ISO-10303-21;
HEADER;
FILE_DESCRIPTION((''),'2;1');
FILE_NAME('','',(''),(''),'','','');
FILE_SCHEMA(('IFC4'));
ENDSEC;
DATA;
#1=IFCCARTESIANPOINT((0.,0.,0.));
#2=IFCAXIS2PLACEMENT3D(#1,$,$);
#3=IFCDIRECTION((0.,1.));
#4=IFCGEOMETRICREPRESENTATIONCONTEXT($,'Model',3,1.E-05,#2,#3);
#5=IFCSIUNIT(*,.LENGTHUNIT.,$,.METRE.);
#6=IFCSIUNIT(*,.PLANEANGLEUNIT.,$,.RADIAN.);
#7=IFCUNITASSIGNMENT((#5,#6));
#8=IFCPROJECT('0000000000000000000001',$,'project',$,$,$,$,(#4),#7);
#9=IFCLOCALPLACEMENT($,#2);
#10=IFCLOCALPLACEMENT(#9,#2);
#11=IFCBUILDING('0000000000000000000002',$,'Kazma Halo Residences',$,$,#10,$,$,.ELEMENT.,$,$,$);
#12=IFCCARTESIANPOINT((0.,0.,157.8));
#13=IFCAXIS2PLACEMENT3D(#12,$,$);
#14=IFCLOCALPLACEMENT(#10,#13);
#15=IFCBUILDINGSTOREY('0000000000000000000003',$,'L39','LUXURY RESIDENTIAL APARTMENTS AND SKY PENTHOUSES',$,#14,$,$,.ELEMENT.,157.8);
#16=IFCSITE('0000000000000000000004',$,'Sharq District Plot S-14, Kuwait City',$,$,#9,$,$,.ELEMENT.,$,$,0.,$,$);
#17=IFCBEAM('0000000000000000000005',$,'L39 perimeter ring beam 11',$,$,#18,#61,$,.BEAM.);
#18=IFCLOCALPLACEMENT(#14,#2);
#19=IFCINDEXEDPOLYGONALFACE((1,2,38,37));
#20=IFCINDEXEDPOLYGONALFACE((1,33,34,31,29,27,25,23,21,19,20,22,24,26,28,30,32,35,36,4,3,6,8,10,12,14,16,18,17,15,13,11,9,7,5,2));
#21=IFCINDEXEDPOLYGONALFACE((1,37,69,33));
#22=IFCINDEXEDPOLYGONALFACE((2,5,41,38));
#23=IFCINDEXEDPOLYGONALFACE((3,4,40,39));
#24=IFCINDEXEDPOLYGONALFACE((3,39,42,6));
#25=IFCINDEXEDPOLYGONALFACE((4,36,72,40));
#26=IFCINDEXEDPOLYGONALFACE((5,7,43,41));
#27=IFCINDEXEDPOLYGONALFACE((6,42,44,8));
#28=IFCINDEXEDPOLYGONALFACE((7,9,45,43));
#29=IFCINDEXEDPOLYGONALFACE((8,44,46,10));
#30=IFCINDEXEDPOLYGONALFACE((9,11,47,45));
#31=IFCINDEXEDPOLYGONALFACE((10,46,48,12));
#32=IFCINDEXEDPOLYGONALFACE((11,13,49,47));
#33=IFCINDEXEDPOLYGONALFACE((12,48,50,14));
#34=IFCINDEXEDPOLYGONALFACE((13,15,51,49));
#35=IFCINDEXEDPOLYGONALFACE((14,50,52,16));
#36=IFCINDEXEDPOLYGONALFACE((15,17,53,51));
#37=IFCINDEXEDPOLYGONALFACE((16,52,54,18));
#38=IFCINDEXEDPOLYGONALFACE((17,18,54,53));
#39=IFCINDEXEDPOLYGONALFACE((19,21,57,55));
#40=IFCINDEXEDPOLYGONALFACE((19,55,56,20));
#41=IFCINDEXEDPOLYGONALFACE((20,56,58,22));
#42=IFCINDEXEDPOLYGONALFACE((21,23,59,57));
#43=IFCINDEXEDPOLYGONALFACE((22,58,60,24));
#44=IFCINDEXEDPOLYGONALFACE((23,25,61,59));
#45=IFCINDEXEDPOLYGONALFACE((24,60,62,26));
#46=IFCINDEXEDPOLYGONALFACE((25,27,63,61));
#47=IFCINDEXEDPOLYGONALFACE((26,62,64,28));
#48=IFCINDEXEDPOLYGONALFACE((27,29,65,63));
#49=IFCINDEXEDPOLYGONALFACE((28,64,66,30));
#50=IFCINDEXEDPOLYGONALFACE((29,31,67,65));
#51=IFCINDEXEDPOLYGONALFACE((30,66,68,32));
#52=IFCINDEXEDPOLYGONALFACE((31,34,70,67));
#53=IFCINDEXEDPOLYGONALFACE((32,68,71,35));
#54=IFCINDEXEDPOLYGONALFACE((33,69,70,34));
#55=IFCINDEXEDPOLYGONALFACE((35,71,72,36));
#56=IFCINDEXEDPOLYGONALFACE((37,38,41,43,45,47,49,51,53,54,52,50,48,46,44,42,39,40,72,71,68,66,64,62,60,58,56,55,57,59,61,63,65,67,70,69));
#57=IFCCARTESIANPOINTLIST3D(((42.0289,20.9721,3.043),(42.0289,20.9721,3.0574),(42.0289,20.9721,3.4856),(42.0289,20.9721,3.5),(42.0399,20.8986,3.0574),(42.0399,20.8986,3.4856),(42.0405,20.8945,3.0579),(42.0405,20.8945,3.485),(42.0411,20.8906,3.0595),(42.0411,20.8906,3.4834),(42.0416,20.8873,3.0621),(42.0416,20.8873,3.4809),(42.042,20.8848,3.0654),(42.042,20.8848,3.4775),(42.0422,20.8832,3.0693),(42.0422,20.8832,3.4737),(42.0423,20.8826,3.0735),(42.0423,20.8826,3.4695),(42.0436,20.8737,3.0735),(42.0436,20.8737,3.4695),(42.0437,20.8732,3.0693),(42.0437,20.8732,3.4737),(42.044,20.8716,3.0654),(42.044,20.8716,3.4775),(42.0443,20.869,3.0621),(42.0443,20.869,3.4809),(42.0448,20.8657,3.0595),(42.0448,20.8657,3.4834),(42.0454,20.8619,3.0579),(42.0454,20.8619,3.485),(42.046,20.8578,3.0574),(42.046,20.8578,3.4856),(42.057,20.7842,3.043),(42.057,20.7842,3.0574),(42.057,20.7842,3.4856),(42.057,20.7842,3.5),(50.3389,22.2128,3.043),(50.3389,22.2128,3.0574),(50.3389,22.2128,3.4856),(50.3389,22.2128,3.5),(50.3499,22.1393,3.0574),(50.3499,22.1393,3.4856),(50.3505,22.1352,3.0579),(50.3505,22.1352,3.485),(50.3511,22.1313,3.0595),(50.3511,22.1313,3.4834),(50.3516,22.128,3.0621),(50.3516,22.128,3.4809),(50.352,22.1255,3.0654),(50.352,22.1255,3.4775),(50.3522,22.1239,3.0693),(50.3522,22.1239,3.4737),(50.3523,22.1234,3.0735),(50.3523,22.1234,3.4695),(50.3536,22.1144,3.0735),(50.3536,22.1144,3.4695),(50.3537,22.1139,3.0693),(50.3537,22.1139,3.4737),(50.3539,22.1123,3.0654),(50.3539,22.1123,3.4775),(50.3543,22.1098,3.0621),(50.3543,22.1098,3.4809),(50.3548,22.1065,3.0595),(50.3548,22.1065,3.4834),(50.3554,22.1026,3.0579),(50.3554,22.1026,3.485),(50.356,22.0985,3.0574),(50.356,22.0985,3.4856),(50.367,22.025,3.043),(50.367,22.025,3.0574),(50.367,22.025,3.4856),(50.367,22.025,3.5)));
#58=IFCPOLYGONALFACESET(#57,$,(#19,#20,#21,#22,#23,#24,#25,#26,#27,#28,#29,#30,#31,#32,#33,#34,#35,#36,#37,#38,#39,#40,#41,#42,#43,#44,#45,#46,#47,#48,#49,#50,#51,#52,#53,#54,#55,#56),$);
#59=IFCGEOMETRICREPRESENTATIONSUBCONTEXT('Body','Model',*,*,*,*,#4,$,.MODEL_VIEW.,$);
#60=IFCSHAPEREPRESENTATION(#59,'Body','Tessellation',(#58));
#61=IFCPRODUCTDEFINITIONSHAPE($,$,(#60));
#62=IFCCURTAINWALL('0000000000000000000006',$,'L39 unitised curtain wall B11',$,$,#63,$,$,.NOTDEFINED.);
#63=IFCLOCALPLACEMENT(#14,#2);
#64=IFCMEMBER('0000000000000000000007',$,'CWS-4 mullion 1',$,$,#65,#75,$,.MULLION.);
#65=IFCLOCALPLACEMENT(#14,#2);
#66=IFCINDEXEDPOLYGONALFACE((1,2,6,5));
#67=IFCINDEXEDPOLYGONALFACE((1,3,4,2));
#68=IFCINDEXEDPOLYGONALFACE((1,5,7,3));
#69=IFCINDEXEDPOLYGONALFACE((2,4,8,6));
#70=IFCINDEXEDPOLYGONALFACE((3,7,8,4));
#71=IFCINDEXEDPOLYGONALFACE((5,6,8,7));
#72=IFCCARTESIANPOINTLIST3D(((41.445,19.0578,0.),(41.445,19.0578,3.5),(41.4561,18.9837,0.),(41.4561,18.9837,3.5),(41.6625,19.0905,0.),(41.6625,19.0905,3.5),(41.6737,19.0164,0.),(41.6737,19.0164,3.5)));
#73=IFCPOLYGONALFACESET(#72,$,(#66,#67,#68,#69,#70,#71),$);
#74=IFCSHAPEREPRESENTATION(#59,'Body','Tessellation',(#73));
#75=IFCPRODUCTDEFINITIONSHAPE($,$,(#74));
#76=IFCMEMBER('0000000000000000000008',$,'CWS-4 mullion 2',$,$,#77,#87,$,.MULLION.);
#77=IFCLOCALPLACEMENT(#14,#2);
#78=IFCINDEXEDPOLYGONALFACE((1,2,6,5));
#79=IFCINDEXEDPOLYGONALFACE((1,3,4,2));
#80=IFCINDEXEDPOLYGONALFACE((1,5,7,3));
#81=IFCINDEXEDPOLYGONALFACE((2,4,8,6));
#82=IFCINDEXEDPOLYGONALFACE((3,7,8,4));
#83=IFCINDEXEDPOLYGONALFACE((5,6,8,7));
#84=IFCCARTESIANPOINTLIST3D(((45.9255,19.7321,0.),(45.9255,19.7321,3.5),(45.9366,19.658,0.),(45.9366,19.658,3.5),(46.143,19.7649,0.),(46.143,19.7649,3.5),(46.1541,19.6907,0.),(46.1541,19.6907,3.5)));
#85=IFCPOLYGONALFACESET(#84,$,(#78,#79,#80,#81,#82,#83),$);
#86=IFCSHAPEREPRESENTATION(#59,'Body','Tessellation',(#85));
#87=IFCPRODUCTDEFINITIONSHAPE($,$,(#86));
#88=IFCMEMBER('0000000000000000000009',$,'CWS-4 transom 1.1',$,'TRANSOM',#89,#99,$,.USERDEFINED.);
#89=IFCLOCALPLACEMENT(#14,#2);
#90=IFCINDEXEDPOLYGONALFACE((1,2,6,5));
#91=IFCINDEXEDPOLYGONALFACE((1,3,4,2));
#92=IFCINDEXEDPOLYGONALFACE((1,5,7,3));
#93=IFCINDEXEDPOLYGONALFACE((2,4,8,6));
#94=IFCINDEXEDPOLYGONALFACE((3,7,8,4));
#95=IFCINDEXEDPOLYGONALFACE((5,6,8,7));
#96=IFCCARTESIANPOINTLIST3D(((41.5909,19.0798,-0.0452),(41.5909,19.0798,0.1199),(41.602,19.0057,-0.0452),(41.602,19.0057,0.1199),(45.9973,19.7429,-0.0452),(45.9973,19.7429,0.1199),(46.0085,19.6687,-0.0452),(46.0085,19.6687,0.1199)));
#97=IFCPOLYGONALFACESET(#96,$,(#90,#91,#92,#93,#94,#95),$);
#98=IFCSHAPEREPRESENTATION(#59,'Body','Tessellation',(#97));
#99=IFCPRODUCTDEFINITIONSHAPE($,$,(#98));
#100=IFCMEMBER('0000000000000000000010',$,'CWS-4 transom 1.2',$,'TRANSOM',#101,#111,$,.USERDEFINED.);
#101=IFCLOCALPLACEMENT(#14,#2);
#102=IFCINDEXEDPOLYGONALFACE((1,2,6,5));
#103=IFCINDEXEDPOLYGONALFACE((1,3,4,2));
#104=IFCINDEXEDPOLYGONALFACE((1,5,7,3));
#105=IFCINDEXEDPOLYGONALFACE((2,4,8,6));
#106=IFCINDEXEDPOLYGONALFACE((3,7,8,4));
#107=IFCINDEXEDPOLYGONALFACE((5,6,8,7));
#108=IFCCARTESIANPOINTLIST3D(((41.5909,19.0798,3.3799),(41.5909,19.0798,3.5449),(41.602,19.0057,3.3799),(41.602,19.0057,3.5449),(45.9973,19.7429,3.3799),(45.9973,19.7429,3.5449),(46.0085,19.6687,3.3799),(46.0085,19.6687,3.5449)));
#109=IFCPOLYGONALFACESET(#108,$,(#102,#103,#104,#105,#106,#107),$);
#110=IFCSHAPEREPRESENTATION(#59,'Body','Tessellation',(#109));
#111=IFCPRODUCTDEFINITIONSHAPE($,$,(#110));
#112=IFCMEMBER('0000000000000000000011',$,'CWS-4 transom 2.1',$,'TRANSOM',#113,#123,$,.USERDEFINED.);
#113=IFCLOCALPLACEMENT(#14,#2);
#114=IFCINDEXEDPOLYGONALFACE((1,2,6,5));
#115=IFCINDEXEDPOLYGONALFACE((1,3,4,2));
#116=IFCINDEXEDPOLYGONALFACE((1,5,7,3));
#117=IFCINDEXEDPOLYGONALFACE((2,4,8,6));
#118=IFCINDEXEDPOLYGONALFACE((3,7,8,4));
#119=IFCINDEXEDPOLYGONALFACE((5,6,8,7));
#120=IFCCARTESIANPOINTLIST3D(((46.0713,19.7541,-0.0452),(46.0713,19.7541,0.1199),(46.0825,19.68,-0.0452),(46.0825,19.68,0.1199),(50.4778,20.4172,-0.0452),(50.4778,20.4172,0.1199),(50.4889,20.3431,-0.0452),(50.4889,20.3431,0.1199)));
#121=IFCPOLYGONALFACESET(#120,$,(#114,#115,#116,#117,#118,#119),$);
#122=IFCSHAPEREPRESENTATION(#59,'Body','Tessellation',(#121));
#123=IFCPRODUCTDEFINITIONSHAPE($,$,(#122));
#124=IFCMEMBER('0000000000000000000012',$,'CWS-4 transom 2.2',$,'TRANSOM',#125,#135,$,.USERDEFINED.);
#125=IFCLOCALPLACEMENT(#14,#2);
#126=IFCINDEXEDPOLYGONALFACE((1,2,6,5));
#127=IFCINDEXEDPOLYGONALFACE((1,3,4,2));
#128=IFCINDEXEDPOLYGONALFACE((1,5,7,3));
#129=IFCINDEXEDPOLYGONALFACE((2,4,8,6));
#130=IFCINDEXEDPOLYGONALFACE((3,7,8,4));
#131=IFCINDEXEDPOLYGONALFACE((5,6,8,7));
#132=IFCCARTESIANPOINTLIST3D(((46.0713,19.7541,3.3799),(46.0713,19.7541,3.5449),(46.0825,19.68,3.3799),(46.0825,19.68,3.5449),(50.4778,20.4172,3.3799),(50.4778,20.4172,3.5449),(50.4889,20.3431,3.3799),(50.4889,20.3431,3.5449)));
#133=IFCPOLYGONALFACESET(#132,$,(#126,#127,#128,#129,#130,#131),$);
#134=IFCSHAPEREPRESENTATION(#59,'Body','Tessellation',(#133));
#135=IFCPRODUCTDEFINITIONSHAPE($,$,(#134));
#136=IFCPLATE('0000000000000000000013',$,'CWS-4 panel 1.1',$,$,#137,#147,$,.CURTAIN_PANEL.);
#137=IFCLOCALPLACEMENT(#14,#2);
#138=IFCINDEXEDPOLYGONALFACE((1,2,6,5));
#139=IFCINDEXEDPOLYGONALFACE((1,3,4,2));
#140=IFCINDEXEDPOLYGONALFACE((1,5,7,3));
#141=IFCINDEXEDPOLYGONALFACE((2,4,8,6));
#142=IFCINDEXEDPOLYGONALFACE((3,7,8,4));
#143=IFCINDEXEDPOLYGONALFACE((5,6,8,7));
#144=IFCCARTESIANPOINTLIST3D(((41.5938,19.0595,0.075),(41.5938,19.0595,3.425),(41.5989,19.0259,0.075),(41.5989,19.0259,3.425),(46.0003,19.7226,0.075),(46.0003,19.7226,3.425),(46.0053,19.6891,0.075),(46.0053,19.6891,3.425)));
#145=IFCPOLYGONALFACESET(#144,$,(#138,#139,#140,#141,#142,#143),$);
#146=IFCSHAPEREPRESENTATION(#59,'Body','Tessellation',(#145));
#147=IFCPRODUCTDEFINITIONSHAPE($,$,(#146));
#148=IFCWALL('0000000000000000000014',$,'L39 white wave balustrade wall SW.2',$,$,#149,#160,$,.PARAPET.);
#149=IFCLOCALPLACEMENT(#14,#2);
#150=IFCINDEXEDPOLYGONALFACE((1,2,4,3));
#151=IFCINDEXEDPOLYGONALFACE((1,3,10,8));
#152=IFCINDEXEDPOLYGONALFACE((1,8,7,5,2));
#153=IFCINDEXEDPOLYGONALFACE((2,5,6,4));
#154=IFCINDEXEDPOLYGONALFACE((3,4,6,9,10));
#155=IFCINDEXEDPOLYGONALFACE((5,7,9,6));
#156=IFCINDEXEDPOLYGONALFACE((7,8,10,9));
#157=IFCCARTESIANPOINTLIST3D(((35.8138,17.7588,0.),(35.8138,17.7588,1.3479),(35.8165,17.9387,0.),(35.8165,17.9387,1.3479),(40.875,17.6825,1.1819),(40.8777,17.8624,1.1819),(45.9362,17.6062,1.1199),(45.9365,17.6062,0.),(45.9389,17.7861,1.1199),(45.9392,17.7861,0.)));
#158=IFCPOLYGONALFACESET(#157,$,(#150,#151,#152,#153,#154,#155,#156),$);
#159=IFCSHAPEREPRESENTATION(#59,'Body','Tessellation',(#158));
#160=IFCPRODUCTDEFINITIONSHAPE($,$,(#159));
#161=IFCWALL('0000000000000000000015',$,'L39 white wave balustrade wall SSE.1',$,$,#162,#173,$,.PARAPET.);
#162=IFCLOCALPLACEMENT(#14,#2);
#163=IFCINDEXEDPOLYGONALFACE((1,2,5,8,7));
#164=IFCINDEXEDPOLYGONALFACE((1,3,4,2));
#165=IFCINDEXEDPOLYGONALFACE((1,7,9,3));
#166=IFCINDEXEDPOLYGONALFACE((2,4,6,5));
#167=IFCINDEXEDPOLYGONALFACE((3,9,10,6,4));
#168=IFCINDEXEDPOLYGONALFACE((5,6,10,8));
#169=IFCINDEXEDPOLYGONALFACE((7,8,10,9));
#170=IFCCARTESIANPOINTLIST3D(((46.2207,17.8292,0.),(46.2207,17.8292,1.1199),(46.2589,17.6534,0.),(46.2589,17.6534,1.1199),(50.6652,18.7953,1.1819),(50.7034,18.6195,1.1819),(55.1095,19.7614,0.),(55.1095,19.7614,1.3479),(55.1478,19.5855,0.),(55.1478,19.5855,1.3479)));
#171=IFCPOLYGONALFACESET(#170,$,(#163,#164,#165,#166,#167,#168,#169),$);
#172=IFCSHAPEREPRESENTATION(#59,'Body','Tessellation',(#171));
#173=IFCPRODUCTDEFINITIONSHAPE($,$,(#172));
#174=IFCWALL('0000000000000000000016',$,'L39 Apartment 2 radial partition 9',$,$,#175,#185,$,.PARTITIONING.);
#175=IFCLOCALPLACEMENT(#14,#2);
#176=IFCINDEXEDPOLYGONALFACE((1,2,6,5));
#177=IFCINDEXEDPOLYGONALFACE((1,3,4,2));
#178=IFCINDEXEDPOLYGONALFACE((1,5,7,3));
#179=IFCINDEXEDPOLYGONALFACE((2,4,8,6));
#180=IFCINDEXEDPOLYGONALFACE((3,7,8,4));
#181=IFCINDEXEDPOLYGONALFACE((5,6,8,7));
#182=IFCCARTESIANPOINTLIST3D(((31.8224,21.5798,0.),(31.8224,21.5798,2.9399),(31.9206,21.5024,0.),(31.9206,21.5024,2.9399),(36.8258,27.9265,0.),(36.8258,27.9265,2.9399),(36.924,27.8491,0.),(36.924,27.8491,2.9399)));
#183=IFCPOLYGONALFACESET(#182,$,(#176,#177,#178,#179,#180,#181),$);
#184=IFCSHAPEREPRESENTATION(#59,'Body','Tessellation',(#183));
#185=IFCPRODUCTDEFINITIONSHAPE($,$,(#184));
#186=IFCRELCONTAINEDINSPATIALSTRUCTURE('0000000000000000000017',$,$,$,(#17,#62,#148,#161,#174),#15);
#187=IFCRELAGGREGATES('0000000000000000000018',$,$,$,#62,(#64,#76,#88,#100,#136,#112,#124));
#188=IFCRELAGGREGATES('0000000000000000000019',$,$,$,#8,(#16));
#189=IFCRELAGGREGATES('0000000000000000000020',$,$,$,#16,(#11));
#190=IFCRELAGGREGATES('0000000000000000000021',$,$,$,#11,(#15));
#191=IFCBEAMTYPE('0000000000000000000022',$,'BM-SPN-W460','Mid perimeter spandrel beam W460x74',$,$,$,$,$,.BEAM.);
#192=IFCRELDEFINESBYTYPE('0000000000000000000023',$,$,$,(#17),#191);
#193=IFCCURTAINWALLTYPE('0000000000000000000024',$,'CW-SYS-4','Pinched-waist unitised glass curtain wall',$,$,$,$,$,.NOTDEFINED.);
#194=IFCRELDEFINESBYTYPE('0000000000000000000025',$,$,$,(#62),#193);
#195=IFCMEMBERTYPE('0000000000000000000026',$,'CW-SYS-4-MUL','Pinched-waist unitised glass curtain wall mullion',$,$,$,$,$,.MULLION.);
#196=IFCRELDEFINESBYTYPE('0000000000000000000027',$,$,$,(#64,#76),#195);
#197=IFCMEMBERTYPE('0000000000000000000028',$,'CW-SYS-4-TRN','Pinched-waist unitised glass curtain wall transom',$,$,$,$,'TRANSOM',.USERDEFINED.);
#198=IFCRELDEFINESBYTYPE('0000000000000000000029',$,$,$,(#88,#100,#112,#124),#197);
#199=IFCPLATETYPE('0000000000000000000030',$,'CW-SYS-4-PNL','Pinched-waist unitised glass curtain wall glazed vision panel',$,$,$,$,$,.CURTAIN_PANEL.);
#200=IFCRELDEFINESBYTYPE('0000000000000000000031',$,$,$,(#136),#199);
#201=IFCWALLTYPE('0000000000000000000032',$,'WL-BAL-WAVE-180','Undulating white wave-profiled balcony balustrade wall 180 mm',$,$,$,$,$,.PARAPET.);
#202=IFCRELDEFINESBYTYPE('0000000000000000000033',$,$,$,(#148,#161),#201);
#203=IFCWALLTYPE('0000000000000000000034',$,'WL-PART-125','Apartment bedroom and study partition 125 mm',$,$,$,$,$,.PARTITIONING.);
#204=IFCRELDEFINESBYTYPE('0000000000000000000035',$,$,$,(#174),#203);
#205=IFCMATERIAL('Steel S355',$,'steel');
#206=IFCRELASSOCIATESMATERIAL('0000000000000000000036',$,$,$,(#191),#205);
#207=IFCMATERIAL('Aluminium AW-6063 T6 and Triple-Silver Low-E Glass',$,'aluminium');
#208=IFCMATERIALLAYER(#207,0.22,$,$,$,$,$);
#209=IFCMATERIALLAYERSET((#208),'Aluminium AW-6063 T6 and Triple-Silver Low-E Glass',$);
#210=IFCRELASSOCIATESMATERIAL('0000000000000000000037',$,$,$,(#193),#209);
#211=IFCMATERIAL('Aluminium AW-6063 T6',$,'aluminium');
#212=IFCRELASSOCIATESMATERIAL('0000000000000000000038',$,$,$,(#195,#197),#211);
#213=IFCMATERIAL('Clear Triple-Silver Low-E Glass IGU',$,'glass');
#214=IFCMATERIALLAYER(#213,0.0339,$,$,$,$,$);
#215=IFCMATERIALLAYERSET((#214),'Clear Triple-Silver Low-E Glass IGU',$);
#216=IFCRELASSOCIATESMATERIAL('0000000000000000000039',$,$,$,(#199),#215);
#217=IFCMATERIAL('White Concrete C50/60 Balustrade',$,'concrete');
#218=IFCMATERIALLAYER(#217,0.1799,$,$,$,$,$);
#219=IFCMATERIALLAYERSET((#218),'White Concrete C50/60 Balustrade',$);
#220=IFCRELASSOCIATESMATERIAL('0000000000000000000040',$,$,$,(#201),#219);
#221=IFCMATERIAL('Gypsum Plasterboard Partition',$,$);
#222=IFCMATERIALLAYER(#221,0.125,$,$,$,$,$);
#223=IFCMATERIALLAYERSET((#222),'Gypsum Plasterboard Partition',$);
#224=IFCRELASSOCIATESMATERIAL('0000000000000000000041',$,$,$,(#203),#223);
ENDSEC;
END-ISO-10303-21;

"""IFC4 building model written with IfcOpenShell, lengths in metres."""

from ifc_helpers import new_model, si_unit, direction, frame, frame_2d, origin, origin_2d, place, context, subcontext, project, spatial, polyline, rectangle, i_section, outline, extrude, material, layer, layer_set, material_profile, profile_set, type_object, element, aggregate, save


model = new_model("IFC4")

# Units and contexts
model_context = context("Model", 3, precision=1e-05, world=origin(), true_north=direction((0.0, 1.0)))
body_context = subcontext(model_context, "Body", "Model", "MODEL_VIEW")
ifc_project = project(units=[si_unit("LENGTHUNIT", "METRE"), si_unit("PLANEANGLEUNIT", "RADIAN")], contexts=[model_context])

# Site, building, storey
site_placement = place(None, origin())
site = spatial("IfcSite", under=ifc_project, at=site_placement, Name="Sharq District Plot S-14, Kuwait City", CompositionType="ELEMENT", RefElevation=0.0)
building_placement = place(site_placement, origin())
building = spatial("IfcBuilding", under=site, at=building_placement, Name="Kazma Halo Residences", CompositionType="ELEMENT")
storey_placement = place(building_placement, frame((0.0, 0.0, 157.8)))
storey = spatial("IfcBuildingStorey", under=building, at=storey_placement, Name="L39", Description="LUXURY RESIDENTIAL APARTMENTS AND SKY PENTHOUSES", CompositionType="ELEMENT", Elevation=157.8)

# Beam
ifc_material_1 = material(Name="Steel S355", Category="steel")
ifc_material_profile_1 = material_profile(ifc_material_1, i_section(OverallWidth=0.1899, OverallDepth=0.457, WebThickness=0.009, FlangeThickness=0.0144, FilletRadius=0.0161, at=origin_2d()), Name="W460x74")
ifc_profile_set_1 = profile_set([ifc_material_profile_1], Name="Steel S355")
beam_type_1 = type_object("IfcBeamType", Name="BM-SPN-W460", Description="Mid perimeter spandrel beam W460x74", PredefinedType="BEAM", material=ifc_profile_set_1)
beam_1_placement = place(storey_placement, frame((42.043, 20.8782, 3.2715), z_axis=(0.989037, 0.147667, 0.0), x_axis=(-0.147667, 0.989037, 0.0)))
element("IfcBeam", 1, at=beam_1_placement, inside=storey, type_object=beam_type_1, Name="L39 perimeter ring beam 11", PredefinedType="BEAM", context=body_context, shape_type="SweptSolid", body=[
    extrude(i_section(OverallWidth=0.1899, OverallDepth=0.457, WebThickness=0.009, FlangeThickness=0.0144, FilletRadius=0.0161, at=origin_2d()), origin(), (0.0, 0.0, 1.0), 8.4021),
])

# Curtain wall, members, plate
ifc_material_2 = material(Name="Aluminium AW-6063 T6 and Triple-Silver Low-E Glass", Category="aluminium")
ifc_layer_1 = layer(ifc_material_2, 0.22)
ifc_layer_set_1 = layer_set([ifc_layer_1], Name="Aluminium AW-6063 T6 and Triple-Silver Low-E Glass")
curtain_wall_type = type_object("IfcCurtainWallType", Name="CW-SYS-4", Description="Pinched-waist unitised glass curtain wall", PredefinedType="NOTDEFINED", material=ifc_layer_set_1)
curtain_wall_placement = place(storey_placement, origin())
curtain_wall = element("IfcCurtainWall", 2, at=curtain_wall_placement, inside=storey, type_object=curtain_wall_type, Name="L39 unitised curtain wall B11", PredefinedType="NOTDEFINED")
ifc_material_3 = material(Name="Aluminium AW-6063 T6", Category="aluminium")
ifc_material_profile_2 = material_profile(ifc_material_3, rectangle(XDim=0.075, YDim=0.22, at=origin_2d()), Name="CWM-75x220")
ifc_profile_set_2 = profile_set([ifc_material_profile_2], Name="Aluminium AW-6063 T6")
member_type_1 = type_object("IfcMemberType", Name="CW-SYS-4-MUL", Description="Pinched-waist unitised glass curtain wall mullion", PredefinedType="MULLION", material=ifc_profile_set_2)
member_1_placement = place(storey_placement, frame((41.5593, 19.0371, 0.0), z_axis=(0.0, 0.0, 1.0), x_axis=(-0.148821, 0.988864, 0.0)))
member_1 = element("IfcMember", 3, at=member_1_placement, type_object=member_type_1, Name="CWS-4 mullion 1", PredefinedType="MULLION", context=body_context, shape_type="SweptSolid", body=[
    extrude(rectangle(XDim=0.075, YDim=0.22, at=origin_2d()), origin(), (0.0, 0.0, 1.0), 3.5),
])
member_2_placement = place(storey_placement, frame((46.0398, 19.7114, 0.0), z_axis=(0.0, 0.0, 1.0), x_axis=(-0.148821, 0.988864, 0.0)))
member_2 = element("IfcMember", 4, at=member_2_placement, type_object=member_type_1, Name="CWS-4 mullion 2", PredefinedType="MULLION", context=body_context, shape_type="SweptSolid", body=[
    extrude(rectangle(XDim=0.075, YDim=0.22, at=origin_2d()), origin(), (0.0, 0.0, 1.0), 3.5),
])
ifc_material_profile_3 = material_profile(ifc_material_3, rectangle(XDim=0.075, YDim=0.165, at=origin_2d()), Name="CWT-75x165")
ifc_profile_set_3 = profile_set([ifc_material_profile_3], Name="Aluminium AW-6063 T6")
member_type_2 = type_object("IfcMemberType", Name="CW-SYS-4-TRN", Description="Pinched-waist unitised glass curtain wall transom", ElementType="TRANSOM", PredefinedType="USERDEFINED", material=ifc_profile_set_3)
member_3_placement = place(storey_placement, frame((41.5964, 19.0427, 0.0374), z_axis=(0.988867, 0.148804, 0.0), x_axis=(-0.148804, 0.988867, 0.0)))
member_3 = element("IfcMember", 5, at=member_3_placement, type_object=member_type_2, Name="CWS-4 transom 1.1", ObjectType="TRANSOM", PredefinedType="USERDEFINED", context=body_context, shape_type="SweptSolid", body=[
    extrude(rectangle(XDim=0.075, YDim=0.165, at=origin_2d()), origin(), (0.0, 0.0, 1.0), 4.4561),
])
member_4_placement = place(storey_placement, frame((41.5964, 19.0427, 3.4624), z_axis=(0.988867, 0.148804, 0.0), x_axis=(-0.148804, 0.988867, 0.0)))
member_4 = element("IfcMember", 6, at=member_4_placement, type_object=member_type_2, Name="CWS-4 transom 1.2", ObjectType="TRANSOM", PredefinedType="USERDEFINED", context=body_context, shape_type="SweptSolid", body=[
    extrude(rectangle(XDim=0.075, YDim=0.165, at=origin_2d()), origin(), (0.0, 0.0, 1.0), 4.4561),
])
member_5_placement = place(storey_placement, frame((46.0769, 19.717, 0.0374), z_axis=(0.988867, 0.148804, 0.0), x_axis=(-0.148804, 0.988867, 0.0)))
member_5 = element("IfcMember", 7, at=member_5_placement, type_object=member_type_2, Name="CWS-4 transom 2.1", ObjectType="TRANSOM", PredefinedType="USERDEFINED", context=body_context, shape_type="SweptSolid", body=[
    extrude(rectangle(XDim=0.075, YDim=0.165, at=origin_2d()), origin(), (0.0, 0.0, 1.0), 4.4561),
])
member_6_placement = place(storey_placement, frame((46.0769, 19.717, 3.4624), z_axis=(0.988867, 0.148804, 0.0), x_axis=(-0.148804, 0.988867, 0.0)))
member_6 = element("IfcMember", 8, at=member_6_placement, type_object=member_type_2, Name="CWS-4 transom 2.2", ObjectType="TRANSOM", PredefinedType="USERDEFINED", context=body_context, shape_type="SweptSolid", body=[
    extrude(rectangle(XDim=0.075, YDim=0.165, at=origin_2d()), origin(), (0.0, 0.0, 1.0), 4.4561),
])
ifc_material_4 = material(Name="Clear Triple-Silver Low-E Glass IGU", Category="glass")
ifc_layer_2 = layer(ifc_material_4, 0.0339)
ifc_layer_set_2 = layer_set([ifc_layer_2], Name="Clear Triple-Silver Low-E Glass IGU")
plate_type = type_object("IfcPlateType", Name="CW-SYS-4-PNL", Description="Pinched-waist unitised glass curtain wall glazed vision panel", PredefinedType="CURTAIN_PANEL", material=ifc_layer_set_2)
plate_placement = place(storey_placement, frame((43.7996, 19.3743, 0.075), z_axis=(0.0, 0.0, 1.0), x_axis=(0.988864, 0.148821, 0.0)))
plate = element("IfcPlate", 9, at=plate_placement, type_object=plate_type, Name="CWS-4 panel 1.1", PredefinedType="CURTAIN_PANEL", context=body_context, shape_type="SweptSolid", body=[
    extrude(rectangle(XDim=4.4561, YDim=0.0339, at=origin_2d()), origin(), (0.0, 0.0, 1.0), 3.3501),
])
aggregate(curtain_wall, [member_1, member_2, member_3, member_4, plate, member_5, member_6])

# Walls
ifc_material_5 = material(Name="White Concrete C50/60 Balustrade", Category="concrete")
ifc_layer_3 = layer(ifc_material_5, 0.1799)
ifc_layer_set_3 = layer_set([ifc_layer_3], Name="White Concrete C50/60 Balustrade")
wall_type_1 = type_object("IfcWallType", Name="WL-BAL-WAVE-180", Description="Undulating white wave-profiled balcony balustrade wall 180 mm", PredefinedType="PARAPET", material=ifc_layer_set_3)
wall_1_placement = place(storey_placement, frame((35.8152, 17.8489, 0.0), z_axis=(0.0, 0.0, 1.0), x_axis=(0.999886, -0.015072, 0.0)))
element("IfcWall", 10, at=wall_1_placement, inside=storey, type_object=wall_type_1, Name="L39 white wave balustrade wall SW.2", PredefinedType="PARAPET", context=body_context, shape_type="SweptSolid", body=[
    extrude(outline(polyline([(0.0, 0.0), (10.1238, 0.0), (10.1235, 1.1199), (5.0618, 1.1819), (0.0, 1.3479), (0.0, 0.0)])), frame((0.0, 0.0898, 0.0), z_axis=(0.0, -1.0, 0.0), x_axis=(1.0, 0.0, 0.0)), (0.0, 0.0, 1.0), 0.1799),
])
wall_2_placement = place(storey_placement, frame((46.2397, 17.7415, 0.0), z_axis=(0.0, 0.0, 1.0), x_axis=(0.977182, 0.212404, 0.0)))
element("IfcWall", 11, at=wall_2_placement, inside=storey, type_object=wall_type_1, Name="L39 white wave balustrade wall SSE.1", PredefinedType="PARAPET", context=body_context, shape_type="SweptSolid", body=[
    extrude(outline(polyline([(0.0, 0.0), (9.0964, 0.0), (9.0964, 1.3479), (4.5483, 1.1819), (0.0, 1.1199), (0.0, 0.0)])), frame((0.0, 0.0898, 0.0), z_axis=(0.0, -1.0, 0.0), x_axis=(1.0, 0.0, 0.0)), (0.0, 0.0, 1.0), 0.1799),
])
ifc_material_6 = material(Name="Gypsum Plasterboard Partition")
ifc_layer_4 = layer(ifc_material_6, 0.125)
ifc_layer_set_4 = layer_set([ifc_layer_4], Name="Gypsum Plasterboard Partition")
wall_type_2 = type_object("IfcWallType", Name="WL-PART-125", Description="Apartment bedroom and study partition 125 mm", PredefinedType="PARTITIONING", material=ifc_layer_set_4)
wall_3_placement = place(storey_placement, frame((36.875, 27.8879, 0.0), z_axis=(0.0, 0.0, 1.0), x_axis=(-0.619102, -0.785311, 0.0)))
element("IfcWall", 12, at=wall_3_placement, inside=storey, type_object=wall_type_2, Name="L39 Apartment 2 radial partition 9", PredefinedType="PARTITIONING", context=body_context, shape_type="SweptSolid", body=[
    extrude(rectangle(XDim=8.0818, YDim=0.125, at=frame_2d((4.041, 0.0))), origin(), (0.0, 0.0, 1.0), 2.9399),
])

save(model, "model.ifc")
